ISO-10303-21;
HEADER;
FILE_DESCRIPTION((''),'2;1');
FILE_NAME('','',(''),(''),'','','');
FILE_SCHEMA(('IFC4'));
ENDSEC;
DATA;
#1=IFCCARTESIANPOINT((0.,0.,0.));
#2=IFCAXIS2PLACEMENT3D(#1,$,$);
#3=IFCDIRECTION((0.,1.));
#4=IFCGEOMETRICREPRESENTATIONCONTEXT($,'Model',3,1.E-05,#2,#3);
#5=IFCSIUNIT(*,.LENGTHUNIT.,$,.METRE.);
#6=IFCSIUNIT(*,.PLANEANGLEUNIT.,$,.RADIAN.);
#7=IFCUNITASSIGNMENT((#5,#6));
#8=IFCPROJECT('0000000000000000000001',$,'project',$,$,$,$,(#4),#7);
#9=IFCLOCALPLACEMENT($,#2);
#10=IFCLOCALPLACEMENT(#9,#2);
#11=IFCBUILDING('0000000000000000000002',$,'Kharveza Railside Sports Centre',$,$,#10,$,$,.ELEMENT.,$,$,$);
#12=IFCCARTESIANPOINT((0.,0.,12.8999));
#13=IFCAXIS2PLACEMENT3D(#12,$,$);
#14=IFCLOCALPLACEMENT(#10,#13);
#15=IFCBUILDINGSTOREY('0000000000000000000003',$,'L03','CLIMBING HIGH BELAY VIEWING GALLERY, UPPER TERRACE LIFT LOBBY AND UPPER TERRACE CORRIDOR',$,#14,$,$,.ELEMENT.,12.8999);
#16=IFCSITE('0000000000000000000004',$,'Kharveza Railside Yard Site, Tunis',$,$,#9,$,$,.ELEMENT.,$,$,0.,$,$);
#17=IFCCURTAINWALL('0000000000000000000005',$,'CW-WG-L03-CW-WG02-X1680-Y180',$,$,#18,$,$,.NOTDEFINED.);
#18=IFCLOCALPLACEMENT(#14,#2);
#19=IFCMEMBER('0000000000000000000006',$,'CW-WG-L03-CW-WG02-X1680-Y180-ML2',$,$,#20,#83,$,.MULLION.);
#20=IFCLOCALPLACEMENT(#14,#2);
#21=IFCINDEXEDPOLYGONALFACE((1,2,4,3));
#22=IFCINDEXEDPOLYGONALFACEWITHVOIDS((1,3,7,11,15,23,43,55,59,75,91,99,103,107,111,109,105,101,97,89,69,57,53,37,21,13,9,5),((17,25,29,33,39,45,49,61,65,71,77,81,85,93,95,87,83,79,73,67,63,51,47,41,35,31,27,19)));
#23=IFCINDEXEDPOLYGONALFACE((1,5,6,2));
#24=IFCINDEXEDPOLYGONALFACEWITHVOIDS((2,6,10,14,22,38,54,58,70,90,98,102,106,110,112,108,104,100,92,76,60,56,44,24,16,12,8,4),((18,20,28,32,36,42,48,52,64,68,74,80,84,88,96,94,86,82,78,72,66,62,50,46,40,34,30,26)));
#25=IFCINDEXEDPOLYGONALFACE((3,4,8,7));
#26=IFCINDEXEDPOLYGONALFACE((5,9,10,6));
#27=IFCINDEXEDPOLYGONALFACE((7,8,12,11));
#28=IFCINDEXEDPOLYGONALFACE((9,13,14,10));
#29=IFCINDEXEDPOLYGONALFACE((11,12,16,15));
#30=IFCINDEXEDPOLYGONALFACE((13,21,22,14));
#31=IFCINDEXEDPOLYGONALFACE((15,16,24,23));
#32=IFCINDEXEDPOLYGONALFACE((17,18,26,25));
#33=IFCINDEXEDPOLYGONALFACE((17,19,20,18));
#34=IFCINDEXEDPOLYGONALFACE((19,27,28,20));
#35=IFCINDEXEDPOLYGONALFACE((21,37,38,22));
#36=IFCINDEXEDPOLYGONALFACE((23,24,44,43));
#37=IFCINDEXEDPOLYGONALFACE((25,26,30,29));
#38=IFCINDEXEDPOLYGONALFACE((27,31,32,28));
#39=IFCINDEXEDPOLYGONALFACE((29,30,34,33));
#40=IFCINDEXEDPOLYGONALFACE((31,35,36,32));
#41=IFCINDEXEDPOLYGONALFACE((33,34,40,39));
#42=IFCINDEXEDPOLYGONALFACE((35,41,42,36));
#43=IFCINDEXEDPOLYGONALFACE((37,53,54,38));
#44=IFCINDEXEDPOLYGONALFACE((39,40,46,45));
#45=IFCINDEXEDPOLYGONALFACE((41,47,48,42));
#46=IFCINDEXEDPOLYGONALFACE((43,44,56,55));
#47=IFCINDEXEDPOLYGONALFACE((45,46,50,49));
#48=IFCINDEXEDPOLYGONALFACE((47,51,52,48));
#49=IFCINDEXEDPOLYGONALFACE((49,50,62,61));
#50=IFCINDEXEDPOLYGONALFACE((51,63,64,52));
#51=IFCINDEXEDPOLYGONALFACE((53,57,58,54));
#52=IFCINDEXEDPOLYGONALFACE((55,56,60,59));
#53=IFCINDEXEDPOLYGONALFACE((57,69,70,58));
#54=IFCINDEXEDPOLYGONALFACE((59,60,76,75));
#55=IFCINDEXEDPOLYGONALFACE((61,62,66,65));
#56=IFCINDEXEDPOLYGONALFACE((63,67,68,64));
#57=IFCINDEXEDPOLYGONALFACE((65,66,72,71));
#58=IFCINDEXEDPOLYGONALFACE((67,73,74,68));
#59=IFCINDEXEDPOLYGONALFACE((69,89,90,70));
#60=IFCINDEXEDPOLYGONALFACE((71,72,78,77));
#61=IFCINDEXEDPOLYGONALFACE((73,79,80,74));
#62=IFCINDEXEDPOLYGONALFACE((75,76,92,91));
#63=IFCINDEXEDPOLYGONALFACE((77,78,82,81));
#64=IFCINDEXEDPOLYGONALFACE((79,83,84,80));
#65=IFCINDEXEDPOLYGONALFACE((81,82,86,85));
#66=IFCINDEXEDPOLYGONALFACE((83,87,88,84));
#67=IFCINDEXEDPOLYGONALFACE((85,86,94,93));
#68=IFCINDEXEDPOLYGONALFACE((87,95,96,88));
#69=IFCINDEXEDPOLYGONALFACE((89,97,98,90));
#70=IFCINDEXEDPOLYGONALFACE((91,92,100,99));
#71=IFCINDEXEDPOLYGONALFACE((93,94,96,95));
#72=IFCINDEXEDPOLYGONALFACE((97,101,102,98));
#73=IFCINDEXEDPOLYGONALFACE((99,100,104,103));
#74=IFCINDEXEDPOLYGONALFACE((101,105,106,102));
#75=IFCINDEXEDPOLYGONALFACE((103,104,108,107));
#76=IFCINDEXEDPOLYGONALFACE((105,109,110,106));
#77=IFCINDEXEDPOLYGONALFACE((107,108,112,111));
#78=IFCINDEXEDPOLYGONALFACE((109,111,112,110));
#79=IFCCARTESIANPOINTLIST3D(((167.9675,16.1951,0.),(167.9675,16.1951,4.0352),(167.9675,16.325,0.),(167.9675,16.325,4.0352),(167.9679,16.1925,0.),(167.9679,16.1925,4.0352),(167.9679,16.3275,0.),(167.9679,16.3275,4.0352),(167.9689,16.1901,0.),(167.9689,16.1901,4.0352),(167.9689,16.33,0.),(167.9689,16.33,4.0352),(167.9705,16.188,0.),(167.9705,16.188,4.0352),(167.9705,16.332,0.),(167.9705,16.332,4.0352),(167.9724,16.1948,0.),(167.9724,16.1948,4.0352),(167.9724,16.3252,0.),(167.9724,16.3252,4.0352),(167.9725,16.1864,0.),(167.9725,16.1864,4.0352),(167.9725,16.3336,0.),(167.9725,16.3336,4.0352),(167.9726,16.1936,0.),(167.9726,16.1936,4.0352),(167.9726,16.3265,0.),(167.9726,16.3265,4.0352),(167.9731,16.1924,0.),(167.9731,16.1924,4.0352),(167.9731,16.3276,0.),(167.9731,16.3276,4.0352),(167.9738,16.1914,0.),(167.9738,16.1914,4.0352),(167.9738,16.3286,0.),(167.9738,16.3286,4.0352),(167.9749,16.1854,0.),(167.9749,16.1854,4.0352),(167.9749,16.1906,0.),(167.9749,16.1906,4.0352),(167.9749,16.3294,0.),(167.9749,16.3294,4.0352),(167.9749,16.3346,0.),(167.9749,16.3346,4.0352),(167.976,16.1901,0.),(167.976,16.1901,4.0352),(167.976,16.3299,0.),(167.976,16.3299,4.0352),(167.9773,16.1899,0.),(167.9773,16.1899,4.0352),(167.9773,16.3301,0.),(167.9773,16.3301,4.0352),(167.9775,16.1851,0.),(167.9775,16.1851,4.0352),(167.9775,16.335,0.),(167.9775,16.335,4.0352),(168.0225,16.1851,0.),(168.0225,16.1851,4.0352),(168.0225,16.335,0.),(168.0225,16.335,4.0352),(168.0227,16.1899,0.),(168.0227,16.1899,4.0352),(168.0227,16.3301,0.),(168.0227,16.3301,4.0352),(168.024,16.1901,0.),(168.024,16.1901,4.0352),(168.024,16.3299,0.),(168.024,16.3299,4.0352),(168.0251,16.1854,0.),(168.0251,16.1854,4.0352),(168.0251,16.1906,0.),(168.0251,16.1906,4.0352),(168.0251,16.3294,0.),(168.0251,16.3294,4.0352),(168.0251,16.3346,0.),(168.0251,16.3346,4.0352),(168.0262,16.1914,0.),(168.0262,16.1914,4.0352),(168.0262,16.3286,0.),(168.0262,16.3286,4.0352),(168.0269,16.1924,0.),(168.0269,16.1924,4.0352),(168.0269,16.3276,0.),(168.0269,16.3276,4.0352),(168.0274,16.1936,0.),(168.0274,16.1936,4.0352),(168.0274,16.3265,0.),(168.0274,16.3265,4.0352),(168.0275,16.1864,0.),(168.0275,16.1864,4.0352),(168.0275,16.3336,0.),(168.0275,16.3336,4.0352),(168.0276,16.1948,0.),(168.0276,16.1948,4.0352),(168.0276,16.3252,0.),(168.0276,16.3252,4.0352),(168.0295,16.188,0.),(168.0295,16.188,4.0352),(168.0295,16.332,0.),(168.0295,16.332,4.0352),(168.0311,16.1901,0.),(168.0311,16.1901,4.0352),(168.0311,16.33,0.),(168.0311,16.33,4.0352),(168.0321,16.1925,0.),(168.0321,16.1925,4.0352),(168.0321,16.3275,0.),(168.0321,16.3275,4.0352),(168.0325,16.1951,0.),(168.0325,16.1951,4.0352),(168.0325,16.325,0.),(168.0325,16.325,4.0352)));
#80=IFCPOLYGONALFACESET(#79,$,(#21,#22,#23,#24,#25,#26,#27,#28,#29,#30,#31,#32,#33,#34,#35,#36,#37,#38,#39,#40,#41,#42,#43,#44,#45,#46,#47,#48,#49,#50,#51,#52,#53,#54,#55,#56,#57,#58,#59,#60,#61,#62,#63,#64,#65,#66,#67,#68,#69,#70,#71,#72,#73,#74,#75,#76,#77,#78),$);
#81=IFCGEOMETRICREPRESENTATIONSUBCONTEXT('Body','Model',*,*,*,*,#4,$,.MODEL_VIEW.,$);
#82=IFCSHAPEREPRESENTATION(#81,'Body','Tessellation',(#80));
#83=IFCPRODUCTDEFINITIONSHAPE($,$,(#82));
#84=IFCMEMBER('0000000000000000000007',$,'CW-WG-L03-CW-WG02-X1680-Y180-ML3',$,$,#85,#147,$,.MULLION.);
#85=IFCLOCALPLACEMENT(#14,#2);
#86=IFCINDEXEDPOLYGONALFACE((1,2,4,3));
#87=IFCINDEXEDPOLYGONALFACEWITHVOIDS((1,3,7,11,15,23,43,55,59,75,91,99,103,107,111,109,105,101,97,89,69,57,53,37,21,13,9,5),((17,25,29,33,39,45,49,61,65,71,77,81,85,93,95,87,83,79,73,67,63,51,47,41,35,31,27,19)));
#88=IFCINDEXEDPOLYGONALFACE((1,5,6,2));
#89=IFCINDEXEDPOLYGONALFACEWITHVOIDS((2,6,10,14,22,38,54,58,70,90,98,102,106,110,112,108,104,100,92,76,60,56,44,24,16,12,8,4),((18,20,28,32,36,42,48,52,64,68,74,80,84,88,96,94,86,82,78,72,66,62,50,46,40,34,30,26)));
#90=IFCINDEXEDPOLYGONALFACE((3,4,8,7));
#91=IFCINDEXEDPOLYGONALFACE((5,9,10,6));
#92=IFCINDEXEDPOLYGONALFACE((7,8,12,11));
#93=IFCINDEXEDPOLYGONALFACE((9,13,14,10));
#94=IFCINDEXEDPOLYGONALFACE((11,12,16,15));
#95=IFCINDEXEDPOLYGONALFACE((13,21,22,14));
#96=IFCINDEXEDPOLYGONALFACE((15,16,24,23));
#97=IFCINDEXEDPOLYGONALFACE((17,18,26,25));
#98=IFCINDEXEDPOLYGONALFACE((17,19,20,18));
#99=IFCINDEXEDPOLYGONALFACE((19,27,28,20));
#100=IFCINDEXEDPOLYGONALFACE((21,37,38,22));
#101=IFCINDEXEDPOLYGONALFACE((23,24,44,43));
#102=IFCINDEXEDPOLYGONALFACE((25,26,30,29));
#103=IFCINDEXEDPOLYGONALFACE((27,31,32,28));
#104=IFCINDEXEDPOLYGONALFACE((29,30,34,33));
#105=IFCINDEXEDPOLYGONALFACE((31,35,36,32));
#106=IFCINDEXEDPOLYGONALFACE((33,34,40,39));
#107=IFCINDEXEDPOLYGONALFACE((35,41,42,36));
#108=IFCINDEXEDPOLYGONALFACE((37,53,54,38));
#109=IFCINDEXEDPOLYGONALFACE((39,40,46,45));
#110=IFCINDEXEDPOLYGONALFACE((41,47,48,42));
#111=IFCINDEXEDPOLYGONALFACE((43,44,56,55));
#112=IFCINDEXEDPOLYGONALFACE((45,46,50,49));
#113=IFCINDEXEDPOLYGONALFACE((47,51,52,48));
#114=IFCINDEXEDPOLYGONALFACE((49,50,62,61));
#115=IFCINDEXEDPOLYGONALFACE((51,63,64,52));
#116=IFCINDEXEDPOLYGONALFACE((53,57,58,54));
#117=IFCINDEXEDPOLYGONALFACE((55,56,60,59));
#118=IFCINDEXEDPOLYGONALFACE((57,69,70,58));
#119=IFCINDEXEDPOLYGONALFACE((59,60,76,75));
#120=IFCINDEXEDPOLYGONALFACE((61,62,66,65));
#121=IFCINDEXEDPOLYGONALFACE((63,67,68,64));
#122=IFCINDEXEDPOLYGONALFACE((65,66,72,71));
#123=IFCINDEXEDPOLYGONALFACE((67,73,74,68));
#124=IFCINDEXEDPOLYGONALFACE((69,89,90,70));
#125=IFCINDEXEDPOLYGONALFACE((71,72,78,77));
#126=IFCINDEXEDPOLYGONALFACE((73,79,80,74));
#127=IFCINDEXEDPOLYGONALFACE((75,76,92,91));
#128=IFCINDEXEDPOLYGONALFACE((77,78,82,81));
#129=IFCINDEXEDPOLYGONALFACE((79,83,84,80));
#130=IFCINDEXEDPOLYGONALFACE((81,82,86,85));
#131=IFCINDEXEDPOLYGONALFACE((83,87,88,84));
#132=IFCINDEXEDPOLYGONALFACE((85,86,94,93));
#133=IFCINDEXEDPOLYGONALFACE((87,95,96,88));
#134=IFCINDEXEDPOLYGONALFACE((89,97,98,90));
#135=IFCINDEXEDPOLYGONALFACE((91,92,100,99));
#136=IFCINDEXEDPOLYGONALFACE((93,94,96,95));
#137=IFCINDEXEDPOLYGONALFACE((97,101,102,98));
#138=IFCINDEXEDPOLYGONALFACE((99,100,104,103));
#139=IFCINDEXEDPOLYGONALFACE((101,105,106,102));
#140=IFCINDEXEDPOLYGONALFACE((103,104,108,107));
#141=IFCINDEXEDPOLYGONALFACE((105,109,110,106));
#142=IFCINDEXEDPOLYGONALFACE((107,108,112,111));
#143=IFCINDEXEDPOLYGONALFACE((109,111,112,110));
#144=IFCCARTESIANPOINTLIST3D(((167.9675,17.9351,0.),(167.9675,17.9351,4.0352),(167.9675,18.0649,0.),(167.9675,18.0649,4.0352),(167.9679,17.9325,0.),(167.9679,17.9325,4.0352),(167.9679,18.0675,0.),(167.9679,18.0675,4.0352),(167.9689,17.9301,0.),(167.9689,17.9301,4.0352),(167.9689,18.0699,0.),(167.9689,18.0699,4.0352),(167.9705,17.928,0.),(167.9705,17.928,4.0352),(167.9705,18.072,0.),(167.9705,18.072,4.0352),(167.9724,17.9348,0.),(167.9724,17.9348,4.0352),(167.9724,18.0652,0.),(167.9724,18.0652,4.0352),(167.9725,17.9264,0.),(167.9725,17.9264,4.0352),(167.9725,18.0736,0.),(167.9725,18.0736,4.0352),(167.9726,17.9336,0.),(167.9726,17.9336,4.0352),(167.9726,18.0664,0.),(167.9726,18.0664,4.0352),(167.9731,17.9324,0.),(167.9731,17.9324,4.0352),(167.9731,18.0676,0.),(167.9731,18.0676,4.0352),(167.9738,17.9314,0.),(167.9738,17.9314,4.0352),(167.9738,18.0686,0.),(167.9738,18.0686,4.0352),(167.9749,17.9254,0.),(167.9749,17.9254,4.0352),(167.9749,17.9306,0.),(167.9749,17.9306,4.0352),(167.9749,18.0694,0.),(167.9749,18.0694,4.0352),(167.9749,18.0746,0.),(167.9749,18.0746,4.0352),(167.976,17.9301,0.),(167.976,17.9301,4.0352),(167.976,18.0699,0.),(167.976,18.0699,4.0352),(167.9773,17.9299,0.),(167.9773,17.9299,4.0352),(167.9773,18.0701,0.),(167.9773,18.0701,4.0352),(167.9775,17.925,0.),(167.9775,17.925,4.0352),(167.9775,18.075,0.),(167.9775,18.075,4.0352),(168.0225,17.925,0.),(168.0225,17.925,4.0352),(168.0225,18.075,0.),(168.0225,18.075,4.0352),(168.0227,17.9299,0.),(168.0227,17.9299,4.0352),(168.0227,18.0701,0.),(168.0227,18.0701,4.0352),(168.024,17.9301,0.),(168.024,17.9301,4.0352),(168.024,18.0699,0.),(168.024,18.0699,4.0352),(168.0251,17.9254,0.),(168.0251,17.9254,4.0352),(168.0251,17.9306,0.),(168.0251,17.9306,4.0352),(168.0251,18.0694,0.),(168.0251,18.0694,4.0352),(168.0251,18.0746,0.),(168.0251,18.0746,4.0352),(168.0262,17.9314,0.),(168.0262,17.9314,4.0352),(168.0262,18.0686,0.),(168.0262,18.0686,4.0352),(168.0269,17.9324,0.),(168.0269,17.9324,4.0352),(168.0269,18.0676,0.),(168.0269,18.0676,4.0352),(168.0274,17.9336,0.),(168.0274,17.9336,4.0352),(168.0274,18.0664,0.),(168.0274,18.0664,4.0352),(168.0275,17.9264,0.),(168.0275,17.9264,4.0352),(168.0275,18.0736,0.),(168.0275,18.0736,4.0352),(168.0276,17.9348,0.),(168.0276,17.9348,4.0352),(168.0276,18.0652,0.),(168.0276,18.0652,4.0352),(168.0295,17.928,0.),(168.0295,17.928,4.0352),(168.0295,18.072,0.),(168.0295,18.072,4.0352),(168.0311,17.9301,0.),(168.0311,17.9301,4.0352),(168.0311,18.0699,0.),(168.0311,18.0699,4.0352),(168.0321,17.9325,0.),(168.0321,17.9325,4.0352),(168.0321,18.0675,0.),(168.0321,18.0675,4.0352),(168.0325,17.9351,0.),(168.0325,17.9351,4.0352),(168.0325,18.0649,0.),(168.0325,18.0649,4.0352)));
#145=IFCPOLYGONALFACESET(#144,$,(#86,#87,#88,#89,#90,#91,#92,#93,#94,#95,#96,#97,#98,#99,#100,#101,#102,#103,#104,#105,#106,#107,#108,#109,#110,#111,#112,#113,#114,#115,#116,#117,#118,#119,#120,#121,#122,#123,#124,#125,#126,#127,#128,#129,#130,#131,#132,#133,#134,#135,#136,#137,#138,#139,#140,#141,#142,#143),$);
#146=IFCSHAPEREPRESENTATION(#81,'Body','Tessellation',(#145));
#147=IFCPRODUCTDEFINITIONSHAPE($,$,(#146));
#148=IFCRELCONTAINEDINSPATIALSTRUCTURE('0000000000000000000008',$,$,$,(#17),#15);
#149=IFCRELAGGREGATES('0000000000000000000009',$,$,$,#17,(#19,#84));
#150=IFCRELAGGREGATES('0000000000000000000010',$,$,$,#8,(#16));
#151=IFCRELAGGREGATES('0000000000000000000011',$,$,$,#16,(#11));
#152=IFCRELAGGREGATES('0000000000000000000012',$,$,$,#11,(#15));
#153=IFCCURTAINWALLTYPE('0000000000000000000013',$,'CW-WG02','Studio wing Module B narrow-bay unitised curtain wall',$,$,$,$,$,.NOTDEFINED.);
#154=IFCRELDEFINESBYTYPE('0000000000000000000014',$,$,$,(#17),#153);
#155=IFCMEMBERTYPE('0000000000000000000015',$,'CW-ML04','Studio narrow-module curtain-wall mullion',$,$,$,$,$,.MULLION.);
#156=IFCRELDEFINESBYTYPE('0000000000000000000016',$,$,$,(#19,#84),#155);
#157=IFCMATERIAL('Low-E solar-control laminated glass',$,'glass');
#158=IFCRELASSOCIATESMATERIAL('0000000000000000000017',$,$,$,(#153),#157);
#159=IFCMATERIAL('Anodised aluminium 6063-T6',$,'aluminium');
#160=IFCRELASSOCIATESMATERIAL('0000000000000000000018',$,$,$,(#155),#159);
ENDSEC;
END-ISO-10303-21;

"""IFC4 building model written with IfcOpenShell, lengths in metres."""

from ifc_helpers import new_model, si_unit, direction, frame, origin, origin_2d, place, context, subcontext, project, spatial, hollow_rectangle, extrude, material, material_profile, profile_set, type_object, element, aggregate, save


model = new_model("IFC4")

# Units and contexts
model_context = context("Model", 3, precision=1e-05, world=origin(), true_north=direction((0.0, 1.0)))
body_context = subcontext(model_context, "Body", "Model", "MODEL_VIEW")
ifc_project = project(units=[si_unit("LENGTHUNIT", "METRE"), si_unit("PLANEANGLEUNIT", "RADIAN")], contexts=[model_context])

# Site, building, storey
site_placement = place(None, origin())
site = spatial("IfcSite", under=ifc_project, at=site_placement, Name="Kharveza Railside Yard Site, Tunis", CompositionType="ELEMENT", RefElevation=0.0)
building_placement = place(site_placement, origin())
building = spatial("IfcBuilding", under=site, at=building_placement, Name="Kharveza Railside Sports Centre", CompositionType="ELEMENT")
storey_placement = place(building_placement, frame((0.0, 0.0, 12.8999)))
storey = spatial("IfcBuildingStorey", under=building, at=storey_placement, Name="L03", Description="CLIMBING HIGH BELAY VIEWING GALLERY, UPPER TERRACE LIFT LOBBY AND UPPER TERRACE CORRIDOR", CompositionType="ELEMENT", Elevation=12.8999)

# Curtain wall, members
ifc_material_1 = material(Name="Low-E solar-control laminated glass", Category="glass")
curtain_wall_type = type_object("IfcCurtainWallType", Name="CW-WG02", Description="Studio wing Module B narrow-bay unitised curtain wall", PredefinedType="NOTDEFINED", material=ifc_material_1)
curtain_wall_placement = place(storey_placement, origin())
curtain_wall = element("IfcCurtainWall", 1, at=curtain_wall_placement, inside=storey, type_object=curtain_wall_type, Name="CW-WG-L03-CW-WG02-X1680-Y180", PredefinedType="NOTDEFINED")
ifc_material_2 = material(Name="Anodised aluminium 6063-T6", Category="aluminium")
ifc_material_profile_1 = material_profile(ifc_material_2, hollow_rectangle(XDim=0.0649, YDim=0.1499, WallThickness=0.0049, InnerFilletRadius=0.0049, OuterFilletRadius=0.01, at=origin_2d()), Name="RHS 65x150x5.0")
ifc_profile_set_1 = profile_set([ifc_material_profile_1], Name="Anodised aluminium 6063-T6")
member_type_1 = type_object("IfcMemberType", Name="CW-ML04", Description="Studio narrow-module curtain-wall mullion", PredefinedType="MULLION", material=ifc_profile_set_1)
member_1_placement = place(storey_placement, frame((168.0, 16.26, 0.0), z_axis=(0.0, 0.0, 1.0), x_axis=(1.0, 0.0, 0.0)))
member_1 = element("IfcMember", 2, at=member_1_placement, type_object=member_type_1, Name="CW-WG-L03-CW-WG02-X1680-Y180-ML2", PredefinedType="MULLION", context=body_context, shape_type="SweptSolid", body=[
    extrude(hollow_rectangle(XDim=0.0649, YDim=0.1499, WallThickness=0.0049, InnerFilletRadius=0.0049, OuterFilletRadius=0.01, at=origin_2d()), origin(), (0.0, 0.0, 1.0), 4.0352),
])
member_2_placement = place(storey_placement, frame((168.0, 18.0, 0.0), z_axis=(0.0, 0.0, 1.0), x_axis=(1.0, 0.0, 0.0)))
member_2 = element("IfcMember", 3, at=member_2_placement, type_object=member_type_1, Name="CW-WG-L03-CW-WG02-X1680-Y180-ML3", PredefinedType="MULLION", context=body_context, shape_type="SweptSolid", body=[
    extrude(hollow_rectangle(XDim=0.0649, YDim=0.1499, WallThickness=0.0049, InnerFilletRadius=0.0049, OuterFilletRadius=0.01, at=origin_2d()), origin(), (0.0, 0.0, 1.0), 4.0352),
])
aggregate(curtain_wall, [member_1, member_2])

save(model, "model.ifc")
